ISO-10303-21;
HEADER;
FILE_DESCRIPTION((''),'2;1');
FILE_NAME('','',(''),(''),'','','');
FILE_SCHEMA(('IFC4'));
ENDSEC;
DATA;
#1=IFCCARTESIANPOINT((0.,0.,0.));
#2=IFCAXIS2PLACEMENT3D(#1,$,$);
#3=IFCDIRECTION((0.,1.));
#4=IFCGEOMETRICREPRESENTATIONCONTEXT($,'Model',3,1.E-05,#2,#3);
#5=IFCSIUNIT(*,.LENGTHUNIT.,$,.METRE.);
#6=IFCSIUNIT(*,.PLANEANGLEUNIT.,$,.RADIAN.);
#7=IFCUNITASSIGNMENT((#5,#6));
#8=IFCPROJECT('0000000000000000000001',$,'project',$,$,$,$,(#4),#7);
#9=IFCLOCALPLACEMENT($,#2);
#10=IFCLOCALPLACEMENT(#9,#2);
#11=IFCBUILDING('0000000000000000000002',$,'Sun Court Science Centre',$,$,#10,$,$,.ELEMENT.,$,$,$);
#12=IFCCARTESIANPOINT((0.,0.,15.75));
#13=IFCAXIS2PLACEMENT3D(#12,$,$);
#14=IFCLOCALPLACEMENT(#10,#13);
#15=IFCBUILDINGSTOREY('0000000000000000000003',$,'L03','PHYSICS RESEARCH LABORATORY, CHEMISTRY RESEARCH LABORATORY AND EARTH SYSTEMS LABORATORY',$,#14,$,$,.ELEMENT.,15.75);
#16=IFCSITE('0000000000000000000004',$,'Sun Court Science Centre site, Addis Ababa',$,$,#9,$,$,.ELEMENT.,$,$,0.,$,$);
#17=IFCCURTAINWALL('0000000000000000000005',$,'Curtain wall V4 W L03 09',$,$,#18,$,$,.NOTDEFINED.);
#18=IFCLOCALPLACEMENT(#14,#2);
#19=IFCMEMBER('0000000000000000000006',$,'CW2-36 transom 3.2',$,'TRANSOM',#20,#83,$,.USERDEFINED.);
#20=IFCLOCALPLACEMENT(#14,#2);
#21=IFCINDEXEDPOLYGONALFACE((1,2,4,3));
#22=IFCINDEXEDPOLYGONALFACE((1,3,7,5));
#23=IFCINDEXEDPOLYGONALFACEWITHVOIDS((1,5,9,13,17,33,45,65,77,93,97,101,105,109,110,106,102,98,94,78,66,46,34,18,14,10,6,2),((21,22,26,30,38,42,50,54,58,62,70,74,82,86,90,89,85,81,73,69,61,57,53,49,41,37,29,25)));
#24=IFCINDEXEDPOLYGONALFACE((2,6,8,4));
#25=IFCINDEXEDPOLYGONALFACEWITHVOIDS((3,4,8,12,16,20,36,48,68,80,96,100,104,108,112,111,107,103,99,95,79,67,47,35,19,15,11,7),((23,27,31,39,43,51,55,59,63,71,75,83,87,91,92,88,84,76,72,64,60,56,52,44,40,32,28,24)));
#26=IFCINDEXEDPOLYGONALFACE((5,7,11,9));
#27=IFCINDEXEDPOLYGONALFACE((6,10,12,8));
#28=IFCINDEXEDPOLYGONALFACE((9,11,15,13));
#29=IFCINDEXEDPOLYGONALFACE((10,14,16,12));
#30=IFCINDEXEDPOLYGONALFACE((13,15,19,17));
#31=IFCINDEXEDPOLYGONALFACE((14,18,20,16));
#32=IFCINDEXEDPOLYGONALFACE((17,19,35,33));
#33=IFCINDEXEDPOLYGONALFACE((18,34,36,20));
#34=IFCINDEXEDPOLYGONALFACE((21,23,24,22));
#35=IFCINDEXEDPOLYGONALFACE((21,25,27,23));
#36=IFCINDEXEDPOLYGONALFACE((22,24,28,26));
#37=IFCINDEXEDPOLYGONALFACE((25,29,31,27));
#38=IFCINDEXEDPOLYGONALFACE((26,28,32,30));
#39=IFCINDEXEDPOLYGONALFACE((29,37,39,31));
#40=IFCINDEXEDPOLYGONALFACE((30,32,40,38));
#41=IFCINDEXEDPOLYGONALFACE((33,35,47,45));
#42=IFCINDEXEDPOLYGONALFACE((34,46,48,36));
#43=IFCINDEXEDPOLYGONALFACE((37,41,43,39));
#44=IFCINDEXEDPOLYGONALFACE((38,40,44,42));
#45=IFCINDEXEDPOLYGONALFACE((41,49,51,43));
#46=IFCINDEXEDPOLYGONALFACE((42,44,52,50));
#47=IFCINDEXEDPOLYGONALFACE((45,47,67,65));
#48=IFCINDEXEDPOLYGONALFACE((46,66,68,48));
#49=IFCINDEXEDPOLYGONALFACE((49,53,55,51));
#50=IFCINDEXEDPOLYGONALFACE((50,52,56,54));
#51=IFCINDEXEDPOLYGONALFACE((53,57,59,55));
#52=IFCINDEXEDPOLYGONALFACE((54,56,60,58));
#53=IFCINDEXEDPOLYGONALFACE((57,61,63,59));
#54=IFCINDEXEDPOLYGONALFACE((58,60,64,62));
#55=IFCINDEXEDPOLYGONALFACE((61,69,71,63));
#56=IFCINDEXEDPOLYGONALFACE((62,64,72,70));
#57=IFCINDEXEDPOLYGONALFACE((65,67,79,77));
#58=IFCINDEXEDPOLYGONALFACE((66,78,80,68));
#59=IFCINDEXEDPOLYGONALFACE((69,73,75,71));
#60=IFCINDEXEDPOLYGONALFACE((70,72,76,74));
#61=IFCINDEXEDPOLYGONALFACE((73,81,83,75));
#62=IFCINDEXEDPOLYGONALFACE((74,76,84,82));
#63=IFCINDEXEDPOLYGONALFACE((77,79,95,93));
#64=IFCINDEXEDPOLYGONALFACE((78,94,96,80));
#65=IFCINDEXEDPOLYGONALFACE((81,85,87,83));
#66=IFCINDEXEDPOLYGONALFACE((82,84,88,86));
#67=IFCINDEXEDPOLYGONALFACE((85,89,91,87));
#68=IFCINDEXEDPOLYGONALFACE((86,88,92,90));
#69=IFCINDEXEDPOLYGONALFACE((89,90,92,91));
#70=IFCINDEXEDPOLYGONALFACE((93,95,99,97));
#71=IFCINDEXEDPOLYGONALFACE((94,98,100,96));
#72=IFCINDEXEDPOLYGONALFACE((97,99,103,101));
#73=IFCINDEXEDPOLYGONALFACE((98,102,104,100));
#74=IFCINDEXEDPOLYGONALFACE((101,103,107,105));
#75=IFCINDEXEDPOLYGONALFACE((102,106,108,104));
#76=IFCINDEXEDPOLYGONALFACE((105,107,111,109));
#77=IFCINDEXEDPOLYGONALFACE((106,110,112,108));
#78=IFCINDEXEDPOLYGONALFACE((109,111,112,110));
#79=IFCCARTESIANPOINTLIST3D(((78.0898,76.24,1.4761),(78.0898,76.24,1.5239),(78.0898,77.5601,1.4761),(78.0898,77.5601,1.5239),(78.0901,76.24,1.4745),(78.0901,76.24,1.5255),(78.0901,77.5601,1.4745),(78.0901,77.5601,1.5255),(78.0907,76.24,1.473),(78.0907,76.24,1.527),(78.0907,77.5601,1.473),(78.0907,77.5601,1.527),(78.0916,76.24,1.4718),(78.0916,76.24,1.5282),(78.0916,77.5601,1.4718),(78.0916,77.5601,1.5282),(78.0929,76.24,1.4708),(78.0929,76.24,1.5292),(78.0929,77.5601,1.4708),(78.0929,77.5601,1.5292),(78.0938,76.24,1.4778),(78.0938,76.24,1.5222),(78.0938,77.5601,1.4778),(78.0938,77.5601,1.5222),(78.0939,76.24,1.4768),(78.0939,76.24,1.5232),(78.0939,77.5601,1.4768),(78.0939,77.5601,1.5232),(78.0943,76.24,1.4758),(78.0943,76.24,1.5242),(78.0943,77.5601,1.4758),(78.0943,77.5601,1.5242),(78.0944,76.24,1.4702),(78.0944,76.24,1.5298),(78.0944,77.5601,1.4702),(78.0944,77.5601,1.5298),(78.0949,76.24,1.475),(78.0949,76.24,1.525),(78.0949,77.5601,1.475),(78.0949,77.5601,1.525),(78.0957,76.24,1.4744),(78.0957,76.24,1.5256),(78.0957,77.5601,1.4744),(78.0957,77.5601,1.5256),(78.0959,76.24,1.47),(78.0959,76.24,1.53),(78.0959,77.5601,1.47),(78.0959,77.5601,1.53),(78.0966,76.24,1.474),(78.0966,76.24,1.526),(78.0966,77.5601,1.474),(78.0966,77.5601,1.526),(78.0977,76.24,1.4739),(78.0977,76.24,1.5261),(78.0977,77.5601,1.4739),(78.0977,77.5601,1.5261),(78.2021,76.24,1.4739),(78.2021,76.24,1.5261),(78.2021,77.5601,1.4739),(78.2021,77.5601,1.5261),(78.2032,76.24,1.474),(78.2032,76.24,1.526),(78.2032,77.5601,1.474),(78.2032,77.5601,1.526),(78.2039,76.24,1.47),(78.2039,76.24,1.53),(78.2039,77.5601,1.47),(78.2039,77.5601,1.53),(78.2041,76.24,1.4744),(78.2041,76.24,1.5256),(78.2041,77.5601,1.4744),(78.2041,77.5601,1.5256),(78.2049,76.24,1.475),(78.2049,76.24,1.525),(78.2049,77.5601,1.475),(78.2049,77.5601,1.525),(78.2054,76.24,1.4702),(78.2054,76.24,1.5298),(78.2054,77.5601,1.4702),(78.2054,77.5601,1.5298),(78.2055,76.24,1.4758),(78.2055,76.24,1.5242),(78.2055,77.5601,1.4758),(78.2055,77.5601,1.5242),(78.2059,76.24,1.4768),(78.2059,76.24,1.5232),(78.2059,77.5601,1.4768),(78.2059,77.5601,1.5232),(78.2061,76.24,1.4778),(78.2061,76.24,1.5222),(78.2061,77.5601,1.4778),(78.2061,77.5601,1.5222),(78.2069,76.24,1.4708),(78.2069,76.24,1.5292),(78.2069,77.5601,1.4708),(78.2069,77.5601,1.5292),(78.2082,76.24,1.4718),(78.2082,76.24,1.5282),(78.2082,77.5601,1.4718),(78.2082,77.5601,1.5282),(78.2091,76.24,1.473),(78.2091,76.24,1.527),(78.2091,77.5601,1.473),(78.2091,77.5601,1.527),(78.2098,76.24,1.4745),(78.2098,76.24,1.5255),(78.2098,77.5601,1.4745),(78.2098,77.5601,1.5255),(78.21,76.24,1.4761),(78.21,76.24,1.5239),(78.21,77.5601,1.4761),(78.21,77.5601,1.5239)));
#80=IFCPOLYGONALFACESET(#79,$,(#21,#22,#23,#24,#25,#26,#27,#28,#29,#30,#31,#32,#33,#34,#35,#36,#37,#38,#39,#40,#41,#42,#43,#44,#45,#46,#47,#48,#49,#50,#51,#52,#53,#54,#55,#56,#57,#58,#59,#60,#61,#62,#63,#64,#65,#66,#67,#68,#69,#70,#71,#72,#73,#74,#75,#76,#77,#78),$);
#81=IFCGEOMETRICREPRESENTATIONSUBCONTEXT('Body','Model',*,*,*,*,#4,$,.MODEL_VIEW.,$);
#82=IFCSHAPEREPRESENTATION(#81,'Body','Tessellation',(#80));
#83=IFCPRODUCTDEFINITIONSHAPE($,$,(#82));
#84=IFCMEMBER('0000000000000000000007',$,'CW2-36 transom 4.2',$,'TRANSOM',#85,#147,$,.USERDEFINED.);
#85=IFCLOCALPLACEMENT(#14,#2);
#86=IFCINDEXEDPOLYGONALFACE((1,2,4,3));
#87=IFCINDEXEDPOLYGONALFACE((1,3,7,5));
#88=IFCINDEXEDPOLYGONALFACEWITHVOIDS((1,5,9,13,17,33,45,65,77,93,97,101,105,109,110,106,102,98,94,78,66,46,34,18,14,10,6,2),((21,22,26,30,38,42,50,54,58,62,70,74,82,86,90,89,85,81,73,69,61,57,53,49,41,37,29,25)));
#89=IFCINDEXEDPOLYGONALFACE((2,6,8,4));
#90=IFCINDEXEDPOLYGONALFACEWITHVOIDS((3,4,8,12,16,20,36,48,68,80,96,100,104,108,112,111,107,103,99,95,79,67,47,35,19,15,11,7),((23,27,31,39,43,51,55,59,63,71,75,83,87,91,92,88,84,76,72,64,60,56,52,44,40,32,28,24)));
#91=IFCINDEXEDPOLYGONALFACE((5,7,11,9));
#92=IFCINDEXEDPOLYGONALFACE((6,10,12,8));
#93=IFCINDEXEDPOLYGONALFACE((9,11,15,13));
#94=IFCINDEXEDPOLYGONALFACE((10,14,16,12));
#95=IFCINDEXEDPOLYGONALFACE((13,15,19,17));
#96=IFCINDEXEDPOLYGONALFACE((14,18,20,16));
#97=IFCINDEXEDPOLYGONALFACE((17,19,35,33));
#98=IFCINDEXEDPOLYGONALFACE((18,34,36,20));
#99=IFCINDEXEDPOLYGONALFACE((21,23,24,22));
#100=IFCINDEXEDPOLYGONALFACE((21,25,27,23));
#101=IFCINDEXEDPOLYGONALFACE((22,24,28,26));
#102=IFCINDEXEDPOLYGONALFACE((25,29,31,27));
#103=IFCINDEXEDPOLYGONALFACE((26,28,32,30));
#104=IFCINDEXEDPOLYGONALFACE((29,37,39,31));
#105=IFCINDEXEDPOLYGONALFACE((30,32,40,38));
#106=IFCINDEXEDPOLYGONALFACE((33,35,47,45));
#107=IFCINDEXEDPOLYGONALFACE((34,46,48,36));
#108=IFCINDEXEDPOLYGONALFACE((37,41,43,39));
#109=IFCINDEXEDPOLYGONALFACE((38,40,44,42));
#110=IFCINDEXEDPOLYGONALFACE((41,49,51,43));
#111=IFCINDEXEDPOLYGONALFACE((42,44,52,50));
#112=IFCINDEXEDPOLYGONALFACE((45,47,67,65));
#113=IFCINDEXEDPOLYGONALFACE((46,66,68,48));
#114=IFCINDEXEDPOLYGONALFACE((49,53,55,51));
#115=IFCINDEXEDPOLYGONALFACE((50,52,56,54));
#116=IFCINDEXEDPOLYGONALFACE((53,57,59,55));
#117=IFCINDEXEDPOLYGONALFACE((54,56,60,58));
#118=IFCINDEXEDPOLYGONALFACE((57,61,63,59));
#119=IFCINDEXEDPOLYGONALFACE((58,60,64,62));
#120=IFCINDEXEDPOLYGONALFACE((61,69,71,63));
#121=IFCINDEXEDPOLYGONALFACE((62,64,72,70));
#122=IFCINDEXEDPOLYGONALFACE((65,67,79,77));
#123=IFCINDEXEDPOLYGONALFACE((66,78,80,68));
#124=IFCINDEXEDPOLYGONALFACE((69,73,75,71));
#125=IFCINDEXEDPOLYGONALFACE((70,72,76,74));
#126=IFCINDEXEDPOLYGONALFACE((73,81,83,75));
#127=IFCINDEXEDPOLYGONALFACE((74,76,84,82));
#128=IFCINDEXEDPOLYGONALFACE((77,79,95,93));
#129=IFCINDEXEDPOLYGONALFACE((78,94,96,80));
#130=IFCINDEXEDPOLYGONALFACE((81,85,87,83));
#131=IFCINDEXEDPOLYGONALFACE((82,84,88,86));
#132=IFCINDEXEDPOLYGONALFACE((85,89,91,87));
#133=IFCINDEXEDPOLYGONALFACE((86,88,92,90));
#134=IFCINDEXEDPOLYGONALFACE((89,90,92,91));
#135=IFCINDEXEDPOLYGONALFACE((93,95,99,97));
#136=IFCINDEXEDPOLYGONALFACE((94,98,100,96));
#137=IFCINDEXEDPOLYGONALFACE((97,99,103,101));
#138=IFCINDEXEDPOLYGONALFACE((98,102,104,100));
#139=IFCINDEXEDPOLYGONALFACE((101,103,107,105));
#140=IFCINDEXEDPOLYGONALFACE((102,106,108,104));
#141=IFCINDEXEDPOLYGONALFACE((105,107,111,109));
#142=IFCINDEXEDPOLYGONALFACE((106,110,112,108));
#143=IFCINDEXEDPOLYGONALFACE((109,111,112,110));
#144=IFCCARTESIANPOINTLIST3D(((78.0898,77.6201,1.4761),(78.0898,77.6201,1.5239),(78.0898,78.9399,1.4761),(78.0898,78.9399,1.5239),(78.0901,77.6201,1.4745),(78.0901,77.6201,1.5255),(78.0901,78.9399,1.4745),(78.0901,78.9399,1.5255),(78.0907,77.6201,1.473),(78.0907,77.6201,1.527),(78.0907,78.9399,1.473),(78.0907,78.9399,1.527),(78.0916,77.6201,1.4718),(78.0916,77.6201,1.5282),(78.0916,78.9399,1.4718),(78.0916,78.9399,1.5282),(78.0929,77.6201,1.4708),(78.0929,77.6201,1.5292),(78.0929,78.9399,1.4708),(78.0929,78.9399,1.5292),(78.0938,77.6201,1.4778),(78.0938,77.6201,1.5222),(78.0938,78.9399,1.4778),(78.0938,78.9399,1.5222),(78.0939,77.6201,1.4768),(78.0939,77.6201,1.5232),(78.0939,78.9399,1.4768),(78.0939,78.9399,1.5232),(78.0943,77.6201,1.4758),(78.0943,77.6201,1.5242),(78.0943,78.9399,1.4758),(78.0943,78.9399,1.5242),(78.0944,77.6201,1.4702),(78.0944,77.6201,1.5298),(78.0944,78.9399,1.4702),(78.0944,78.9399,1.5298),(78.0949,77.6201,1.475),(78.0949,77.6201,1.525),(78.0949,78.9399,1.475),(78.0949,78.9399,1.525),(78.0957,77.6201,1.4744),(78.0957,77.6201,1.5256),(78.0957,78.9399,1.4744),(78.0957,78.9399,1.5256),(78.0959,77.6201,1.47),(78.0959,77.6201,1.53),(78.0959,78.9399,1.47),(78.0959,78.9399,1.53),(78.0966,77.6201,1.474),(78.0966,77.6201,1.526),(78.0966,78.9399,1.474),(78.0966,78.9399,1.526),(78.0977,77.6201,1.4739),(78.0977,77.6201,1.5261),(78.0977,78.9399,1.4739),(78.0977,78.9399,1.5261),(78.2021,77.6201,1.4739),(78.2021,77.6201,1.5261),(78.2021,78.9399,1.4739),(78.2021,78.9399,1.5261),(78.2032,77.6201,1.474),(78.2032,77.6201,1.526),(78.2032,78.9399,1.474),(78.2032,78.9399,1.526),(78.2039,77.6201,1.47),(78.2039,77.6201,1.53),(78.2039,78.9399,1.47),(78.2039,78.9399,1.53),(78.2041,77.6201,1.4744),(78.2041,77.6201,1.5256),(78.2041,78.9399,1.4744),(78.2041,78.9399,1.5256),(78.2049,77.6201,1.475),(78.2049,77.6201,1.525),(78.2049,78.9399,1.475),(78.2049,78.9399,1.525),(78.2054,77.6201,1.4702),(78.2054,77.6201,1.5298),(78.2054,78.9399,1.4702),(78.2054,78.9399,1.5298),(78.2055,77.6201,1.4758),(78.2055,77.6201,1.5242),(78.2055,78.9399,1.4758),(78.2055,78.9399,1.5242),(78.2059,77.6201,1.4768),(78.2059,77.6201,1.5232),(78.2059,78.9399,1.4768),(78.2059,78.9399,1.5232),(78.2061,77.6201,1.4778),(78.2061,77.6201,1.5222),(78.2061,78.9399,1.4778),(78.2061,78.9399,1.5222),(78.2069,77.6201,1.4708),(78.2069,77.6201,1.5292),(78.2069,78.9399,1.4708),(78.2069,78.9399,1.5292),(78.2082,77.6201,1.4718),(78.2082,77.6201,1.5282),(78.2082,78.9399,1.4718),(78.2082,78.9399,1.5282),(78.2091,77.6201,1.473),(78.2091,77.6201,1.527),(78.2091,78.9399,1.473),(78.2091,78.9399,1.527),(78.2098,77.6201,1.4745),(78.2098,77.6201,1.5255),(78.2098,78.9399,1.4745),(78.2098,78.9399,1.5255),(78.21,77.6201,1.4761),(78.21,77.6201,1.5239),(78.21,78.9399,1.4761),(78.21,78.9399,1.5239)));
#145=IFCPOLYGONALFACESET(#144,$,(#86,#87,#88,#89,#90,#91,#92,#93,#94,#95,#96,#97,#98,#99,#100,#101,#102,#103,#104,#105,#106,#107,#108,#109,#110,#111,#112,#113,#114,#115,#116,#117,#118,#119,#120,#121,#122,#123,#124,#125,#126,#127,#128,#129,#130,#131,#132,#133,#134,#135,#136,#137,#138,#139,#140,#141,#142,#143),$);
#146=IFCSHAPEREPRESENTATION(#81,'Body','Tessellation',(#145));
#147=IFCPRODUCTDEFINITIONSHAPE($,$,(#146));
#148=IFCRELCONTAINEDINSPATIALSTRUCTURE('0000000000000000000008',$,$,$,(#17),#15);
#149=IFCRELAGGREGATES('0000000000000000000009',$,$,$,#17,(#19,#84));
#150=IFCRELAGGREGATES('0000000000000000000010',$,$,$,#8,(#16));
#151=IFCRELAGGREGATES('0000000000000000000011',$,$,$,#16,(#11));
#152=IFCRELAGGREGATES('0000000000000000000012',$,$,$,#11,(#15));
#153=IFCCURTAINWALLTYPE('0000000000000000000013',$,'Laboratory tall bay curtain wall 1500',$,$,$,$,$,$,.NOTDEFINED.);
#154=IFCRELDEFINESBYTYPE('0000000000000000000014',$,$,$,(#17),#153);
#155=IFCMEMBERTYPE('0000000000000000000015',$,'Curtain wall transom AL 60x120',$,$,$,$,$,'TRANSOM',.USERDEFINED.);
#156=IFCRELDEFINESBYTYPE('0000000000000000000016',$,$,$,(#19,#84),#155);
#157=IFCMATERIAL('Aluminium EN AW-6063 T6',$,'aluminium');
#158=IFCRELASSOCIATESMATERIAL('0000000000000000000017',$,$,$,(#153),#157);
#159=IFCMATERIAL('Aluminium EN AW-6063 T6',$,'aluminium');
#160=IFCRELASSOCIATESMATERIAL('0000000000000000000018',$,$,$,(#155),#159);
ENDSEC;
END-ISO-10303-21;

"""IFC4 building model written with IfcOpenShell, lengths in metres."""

from ifc_helpers import new_model, si_unit, direction, frame, origin, origin_2d, place, context, subcontext, project, spatial, hollow_rectangle, extrude, material, material_profile, profile_set, type_object, element, aggregate, save


model = new_model("IFC4")

# Units and contexts
model_context = context("Model", 3, precision=1e-05, world=origin(), true_north=direction((0.0, 1.0)))
body_context = subcontext(model_context, "Body", "Model", "MODEL_VIEW")
ifc_project = project(units=[si_unit("LENGTHUNIT", "METRE"), si_unit("PLANEANGLEUNIT", "RADIAN")], contexts=[model_context])

# Site, building, storey
site_placement = place(None, origin())
site = spatial("IfcSite", under=ifc_project, at=site_placement, Name="Sun Court Science Centre site, Addis Ababa", CompositionType="ELEMENT", RefElevation=0.0)
building_placement = place(site_placement, origin())
building = spatial("IfcBuilding", under=site, at=building_placement, Name="Sun Court Science Centre", CompositionType="ELEMENT")
storey_placement = place(building_placement, frame((0.0, 0.0, 15.75)))
storey = spatial("IfcBuildingStorey", under=building, at=storey_placement, Name="L03", Description="PHYSICS RESEARCH LABORATORY, CHEMISTRY RESEARCH LABORATORY AND EARTH SYSTEMS LABORATORY", CompositionType="ELEMENT", Elevation=15.75)

# Shared definitions
ifc_material_1 = material(Name="Aluminium EN AW-6063 T6", Category="aluminium")
curtain_wall_type = type_object("IfcCurtainWallType", Name="Laboratory tall bay curtain wall 1500", PredefinedType="NOTDEFINED", material=ifc_material_1)

# Curtain wall
curtain_wall_1_placement = place(storey_placement, origin())
curtain_wall_1 = element("IfcCurtainWall", 1, at=curtain_wall_1_placement, inside=storey, type_object=curtain_wall_type, Name="Curtain wall V4 W L03 09", PredefinedType="NOTDEFINED")

# Members
ifc_material_2 = material(Name="Aluminium EN AW-6063 T6", Category="aluminium")
ifc_material_profile_1 = material_profile(ifc_material_2, hollow_rectangle(XDim=0.0601, YDim=0.1201, WallThickness=0.0039, InnerFilletRadius=0.0039, OuterFilletRadius=0.0061, at=origin_2d()), Name="AL 60x120x4")
ifc_profile_set_1 = profile_set([ifc_material_profile_1], Name="Aluminium EN AW-6063 T6")
member_type_1 = type_object("IfcMemberType", Name="Curtain wall transom AL 60x120", ElementType="TRANSOM", PredefinedType="USERDEFINED", material=ifc_profile_set_1)
member_1_placement = place(storey_placement, frame((78.1499, 76.24, 1.5), z_axis=(0.0, 1.0, 0.0), x_axis=(0.0, 0.0, 1.0)))
member_1 = element("IfcMember", 2, at=member_1_placement, type_object=member_type_1, Name="CW2-36 transom 3.2", ObjectType="TRANSOM", PredefinedType="USERDEFINED", context=body_context, shape_type="SweptSolid", body=[
    extrude(hollow_rectangle(XDim=0.0601, YDim=0.1201, WallThickness=0.0039, InnerFilletRadius=0.0039, OuterFilletRadius=0.0061, at=origin_2d()), origin(), (0.0, 0.0, 1.0), 1.3201),
])
member_2_placement = place(storey_placement, frame((78.1499, 77.6201, 1.5), z_axis=(0.0, 1.0, 0.0), x_axis=(0.0, 0.0, 1.0)))
member_2 = element("IfcMember", 3, at=member_2_placement, type_object=member_type_1, Name="CW2-36 transom 4.2", ObjectType="TRANSOM", PredefinedType="USERDEFINED", context=body_context, shape_type="SweptSolid", body=[
    extrude(hollow_rectangle(XDim=0.0601, YDim=0.1201, WallThickness=0.0039, InnerFilletRadius=0.0039, OuterFilletRadius=0.0061, at=origin_2d()), origin(), (0.0, 0.0, 1.0), 1.3198),
])

aggregate(curtain_wall_1, [member_1, member_2])

save(model, "model.ifc")
